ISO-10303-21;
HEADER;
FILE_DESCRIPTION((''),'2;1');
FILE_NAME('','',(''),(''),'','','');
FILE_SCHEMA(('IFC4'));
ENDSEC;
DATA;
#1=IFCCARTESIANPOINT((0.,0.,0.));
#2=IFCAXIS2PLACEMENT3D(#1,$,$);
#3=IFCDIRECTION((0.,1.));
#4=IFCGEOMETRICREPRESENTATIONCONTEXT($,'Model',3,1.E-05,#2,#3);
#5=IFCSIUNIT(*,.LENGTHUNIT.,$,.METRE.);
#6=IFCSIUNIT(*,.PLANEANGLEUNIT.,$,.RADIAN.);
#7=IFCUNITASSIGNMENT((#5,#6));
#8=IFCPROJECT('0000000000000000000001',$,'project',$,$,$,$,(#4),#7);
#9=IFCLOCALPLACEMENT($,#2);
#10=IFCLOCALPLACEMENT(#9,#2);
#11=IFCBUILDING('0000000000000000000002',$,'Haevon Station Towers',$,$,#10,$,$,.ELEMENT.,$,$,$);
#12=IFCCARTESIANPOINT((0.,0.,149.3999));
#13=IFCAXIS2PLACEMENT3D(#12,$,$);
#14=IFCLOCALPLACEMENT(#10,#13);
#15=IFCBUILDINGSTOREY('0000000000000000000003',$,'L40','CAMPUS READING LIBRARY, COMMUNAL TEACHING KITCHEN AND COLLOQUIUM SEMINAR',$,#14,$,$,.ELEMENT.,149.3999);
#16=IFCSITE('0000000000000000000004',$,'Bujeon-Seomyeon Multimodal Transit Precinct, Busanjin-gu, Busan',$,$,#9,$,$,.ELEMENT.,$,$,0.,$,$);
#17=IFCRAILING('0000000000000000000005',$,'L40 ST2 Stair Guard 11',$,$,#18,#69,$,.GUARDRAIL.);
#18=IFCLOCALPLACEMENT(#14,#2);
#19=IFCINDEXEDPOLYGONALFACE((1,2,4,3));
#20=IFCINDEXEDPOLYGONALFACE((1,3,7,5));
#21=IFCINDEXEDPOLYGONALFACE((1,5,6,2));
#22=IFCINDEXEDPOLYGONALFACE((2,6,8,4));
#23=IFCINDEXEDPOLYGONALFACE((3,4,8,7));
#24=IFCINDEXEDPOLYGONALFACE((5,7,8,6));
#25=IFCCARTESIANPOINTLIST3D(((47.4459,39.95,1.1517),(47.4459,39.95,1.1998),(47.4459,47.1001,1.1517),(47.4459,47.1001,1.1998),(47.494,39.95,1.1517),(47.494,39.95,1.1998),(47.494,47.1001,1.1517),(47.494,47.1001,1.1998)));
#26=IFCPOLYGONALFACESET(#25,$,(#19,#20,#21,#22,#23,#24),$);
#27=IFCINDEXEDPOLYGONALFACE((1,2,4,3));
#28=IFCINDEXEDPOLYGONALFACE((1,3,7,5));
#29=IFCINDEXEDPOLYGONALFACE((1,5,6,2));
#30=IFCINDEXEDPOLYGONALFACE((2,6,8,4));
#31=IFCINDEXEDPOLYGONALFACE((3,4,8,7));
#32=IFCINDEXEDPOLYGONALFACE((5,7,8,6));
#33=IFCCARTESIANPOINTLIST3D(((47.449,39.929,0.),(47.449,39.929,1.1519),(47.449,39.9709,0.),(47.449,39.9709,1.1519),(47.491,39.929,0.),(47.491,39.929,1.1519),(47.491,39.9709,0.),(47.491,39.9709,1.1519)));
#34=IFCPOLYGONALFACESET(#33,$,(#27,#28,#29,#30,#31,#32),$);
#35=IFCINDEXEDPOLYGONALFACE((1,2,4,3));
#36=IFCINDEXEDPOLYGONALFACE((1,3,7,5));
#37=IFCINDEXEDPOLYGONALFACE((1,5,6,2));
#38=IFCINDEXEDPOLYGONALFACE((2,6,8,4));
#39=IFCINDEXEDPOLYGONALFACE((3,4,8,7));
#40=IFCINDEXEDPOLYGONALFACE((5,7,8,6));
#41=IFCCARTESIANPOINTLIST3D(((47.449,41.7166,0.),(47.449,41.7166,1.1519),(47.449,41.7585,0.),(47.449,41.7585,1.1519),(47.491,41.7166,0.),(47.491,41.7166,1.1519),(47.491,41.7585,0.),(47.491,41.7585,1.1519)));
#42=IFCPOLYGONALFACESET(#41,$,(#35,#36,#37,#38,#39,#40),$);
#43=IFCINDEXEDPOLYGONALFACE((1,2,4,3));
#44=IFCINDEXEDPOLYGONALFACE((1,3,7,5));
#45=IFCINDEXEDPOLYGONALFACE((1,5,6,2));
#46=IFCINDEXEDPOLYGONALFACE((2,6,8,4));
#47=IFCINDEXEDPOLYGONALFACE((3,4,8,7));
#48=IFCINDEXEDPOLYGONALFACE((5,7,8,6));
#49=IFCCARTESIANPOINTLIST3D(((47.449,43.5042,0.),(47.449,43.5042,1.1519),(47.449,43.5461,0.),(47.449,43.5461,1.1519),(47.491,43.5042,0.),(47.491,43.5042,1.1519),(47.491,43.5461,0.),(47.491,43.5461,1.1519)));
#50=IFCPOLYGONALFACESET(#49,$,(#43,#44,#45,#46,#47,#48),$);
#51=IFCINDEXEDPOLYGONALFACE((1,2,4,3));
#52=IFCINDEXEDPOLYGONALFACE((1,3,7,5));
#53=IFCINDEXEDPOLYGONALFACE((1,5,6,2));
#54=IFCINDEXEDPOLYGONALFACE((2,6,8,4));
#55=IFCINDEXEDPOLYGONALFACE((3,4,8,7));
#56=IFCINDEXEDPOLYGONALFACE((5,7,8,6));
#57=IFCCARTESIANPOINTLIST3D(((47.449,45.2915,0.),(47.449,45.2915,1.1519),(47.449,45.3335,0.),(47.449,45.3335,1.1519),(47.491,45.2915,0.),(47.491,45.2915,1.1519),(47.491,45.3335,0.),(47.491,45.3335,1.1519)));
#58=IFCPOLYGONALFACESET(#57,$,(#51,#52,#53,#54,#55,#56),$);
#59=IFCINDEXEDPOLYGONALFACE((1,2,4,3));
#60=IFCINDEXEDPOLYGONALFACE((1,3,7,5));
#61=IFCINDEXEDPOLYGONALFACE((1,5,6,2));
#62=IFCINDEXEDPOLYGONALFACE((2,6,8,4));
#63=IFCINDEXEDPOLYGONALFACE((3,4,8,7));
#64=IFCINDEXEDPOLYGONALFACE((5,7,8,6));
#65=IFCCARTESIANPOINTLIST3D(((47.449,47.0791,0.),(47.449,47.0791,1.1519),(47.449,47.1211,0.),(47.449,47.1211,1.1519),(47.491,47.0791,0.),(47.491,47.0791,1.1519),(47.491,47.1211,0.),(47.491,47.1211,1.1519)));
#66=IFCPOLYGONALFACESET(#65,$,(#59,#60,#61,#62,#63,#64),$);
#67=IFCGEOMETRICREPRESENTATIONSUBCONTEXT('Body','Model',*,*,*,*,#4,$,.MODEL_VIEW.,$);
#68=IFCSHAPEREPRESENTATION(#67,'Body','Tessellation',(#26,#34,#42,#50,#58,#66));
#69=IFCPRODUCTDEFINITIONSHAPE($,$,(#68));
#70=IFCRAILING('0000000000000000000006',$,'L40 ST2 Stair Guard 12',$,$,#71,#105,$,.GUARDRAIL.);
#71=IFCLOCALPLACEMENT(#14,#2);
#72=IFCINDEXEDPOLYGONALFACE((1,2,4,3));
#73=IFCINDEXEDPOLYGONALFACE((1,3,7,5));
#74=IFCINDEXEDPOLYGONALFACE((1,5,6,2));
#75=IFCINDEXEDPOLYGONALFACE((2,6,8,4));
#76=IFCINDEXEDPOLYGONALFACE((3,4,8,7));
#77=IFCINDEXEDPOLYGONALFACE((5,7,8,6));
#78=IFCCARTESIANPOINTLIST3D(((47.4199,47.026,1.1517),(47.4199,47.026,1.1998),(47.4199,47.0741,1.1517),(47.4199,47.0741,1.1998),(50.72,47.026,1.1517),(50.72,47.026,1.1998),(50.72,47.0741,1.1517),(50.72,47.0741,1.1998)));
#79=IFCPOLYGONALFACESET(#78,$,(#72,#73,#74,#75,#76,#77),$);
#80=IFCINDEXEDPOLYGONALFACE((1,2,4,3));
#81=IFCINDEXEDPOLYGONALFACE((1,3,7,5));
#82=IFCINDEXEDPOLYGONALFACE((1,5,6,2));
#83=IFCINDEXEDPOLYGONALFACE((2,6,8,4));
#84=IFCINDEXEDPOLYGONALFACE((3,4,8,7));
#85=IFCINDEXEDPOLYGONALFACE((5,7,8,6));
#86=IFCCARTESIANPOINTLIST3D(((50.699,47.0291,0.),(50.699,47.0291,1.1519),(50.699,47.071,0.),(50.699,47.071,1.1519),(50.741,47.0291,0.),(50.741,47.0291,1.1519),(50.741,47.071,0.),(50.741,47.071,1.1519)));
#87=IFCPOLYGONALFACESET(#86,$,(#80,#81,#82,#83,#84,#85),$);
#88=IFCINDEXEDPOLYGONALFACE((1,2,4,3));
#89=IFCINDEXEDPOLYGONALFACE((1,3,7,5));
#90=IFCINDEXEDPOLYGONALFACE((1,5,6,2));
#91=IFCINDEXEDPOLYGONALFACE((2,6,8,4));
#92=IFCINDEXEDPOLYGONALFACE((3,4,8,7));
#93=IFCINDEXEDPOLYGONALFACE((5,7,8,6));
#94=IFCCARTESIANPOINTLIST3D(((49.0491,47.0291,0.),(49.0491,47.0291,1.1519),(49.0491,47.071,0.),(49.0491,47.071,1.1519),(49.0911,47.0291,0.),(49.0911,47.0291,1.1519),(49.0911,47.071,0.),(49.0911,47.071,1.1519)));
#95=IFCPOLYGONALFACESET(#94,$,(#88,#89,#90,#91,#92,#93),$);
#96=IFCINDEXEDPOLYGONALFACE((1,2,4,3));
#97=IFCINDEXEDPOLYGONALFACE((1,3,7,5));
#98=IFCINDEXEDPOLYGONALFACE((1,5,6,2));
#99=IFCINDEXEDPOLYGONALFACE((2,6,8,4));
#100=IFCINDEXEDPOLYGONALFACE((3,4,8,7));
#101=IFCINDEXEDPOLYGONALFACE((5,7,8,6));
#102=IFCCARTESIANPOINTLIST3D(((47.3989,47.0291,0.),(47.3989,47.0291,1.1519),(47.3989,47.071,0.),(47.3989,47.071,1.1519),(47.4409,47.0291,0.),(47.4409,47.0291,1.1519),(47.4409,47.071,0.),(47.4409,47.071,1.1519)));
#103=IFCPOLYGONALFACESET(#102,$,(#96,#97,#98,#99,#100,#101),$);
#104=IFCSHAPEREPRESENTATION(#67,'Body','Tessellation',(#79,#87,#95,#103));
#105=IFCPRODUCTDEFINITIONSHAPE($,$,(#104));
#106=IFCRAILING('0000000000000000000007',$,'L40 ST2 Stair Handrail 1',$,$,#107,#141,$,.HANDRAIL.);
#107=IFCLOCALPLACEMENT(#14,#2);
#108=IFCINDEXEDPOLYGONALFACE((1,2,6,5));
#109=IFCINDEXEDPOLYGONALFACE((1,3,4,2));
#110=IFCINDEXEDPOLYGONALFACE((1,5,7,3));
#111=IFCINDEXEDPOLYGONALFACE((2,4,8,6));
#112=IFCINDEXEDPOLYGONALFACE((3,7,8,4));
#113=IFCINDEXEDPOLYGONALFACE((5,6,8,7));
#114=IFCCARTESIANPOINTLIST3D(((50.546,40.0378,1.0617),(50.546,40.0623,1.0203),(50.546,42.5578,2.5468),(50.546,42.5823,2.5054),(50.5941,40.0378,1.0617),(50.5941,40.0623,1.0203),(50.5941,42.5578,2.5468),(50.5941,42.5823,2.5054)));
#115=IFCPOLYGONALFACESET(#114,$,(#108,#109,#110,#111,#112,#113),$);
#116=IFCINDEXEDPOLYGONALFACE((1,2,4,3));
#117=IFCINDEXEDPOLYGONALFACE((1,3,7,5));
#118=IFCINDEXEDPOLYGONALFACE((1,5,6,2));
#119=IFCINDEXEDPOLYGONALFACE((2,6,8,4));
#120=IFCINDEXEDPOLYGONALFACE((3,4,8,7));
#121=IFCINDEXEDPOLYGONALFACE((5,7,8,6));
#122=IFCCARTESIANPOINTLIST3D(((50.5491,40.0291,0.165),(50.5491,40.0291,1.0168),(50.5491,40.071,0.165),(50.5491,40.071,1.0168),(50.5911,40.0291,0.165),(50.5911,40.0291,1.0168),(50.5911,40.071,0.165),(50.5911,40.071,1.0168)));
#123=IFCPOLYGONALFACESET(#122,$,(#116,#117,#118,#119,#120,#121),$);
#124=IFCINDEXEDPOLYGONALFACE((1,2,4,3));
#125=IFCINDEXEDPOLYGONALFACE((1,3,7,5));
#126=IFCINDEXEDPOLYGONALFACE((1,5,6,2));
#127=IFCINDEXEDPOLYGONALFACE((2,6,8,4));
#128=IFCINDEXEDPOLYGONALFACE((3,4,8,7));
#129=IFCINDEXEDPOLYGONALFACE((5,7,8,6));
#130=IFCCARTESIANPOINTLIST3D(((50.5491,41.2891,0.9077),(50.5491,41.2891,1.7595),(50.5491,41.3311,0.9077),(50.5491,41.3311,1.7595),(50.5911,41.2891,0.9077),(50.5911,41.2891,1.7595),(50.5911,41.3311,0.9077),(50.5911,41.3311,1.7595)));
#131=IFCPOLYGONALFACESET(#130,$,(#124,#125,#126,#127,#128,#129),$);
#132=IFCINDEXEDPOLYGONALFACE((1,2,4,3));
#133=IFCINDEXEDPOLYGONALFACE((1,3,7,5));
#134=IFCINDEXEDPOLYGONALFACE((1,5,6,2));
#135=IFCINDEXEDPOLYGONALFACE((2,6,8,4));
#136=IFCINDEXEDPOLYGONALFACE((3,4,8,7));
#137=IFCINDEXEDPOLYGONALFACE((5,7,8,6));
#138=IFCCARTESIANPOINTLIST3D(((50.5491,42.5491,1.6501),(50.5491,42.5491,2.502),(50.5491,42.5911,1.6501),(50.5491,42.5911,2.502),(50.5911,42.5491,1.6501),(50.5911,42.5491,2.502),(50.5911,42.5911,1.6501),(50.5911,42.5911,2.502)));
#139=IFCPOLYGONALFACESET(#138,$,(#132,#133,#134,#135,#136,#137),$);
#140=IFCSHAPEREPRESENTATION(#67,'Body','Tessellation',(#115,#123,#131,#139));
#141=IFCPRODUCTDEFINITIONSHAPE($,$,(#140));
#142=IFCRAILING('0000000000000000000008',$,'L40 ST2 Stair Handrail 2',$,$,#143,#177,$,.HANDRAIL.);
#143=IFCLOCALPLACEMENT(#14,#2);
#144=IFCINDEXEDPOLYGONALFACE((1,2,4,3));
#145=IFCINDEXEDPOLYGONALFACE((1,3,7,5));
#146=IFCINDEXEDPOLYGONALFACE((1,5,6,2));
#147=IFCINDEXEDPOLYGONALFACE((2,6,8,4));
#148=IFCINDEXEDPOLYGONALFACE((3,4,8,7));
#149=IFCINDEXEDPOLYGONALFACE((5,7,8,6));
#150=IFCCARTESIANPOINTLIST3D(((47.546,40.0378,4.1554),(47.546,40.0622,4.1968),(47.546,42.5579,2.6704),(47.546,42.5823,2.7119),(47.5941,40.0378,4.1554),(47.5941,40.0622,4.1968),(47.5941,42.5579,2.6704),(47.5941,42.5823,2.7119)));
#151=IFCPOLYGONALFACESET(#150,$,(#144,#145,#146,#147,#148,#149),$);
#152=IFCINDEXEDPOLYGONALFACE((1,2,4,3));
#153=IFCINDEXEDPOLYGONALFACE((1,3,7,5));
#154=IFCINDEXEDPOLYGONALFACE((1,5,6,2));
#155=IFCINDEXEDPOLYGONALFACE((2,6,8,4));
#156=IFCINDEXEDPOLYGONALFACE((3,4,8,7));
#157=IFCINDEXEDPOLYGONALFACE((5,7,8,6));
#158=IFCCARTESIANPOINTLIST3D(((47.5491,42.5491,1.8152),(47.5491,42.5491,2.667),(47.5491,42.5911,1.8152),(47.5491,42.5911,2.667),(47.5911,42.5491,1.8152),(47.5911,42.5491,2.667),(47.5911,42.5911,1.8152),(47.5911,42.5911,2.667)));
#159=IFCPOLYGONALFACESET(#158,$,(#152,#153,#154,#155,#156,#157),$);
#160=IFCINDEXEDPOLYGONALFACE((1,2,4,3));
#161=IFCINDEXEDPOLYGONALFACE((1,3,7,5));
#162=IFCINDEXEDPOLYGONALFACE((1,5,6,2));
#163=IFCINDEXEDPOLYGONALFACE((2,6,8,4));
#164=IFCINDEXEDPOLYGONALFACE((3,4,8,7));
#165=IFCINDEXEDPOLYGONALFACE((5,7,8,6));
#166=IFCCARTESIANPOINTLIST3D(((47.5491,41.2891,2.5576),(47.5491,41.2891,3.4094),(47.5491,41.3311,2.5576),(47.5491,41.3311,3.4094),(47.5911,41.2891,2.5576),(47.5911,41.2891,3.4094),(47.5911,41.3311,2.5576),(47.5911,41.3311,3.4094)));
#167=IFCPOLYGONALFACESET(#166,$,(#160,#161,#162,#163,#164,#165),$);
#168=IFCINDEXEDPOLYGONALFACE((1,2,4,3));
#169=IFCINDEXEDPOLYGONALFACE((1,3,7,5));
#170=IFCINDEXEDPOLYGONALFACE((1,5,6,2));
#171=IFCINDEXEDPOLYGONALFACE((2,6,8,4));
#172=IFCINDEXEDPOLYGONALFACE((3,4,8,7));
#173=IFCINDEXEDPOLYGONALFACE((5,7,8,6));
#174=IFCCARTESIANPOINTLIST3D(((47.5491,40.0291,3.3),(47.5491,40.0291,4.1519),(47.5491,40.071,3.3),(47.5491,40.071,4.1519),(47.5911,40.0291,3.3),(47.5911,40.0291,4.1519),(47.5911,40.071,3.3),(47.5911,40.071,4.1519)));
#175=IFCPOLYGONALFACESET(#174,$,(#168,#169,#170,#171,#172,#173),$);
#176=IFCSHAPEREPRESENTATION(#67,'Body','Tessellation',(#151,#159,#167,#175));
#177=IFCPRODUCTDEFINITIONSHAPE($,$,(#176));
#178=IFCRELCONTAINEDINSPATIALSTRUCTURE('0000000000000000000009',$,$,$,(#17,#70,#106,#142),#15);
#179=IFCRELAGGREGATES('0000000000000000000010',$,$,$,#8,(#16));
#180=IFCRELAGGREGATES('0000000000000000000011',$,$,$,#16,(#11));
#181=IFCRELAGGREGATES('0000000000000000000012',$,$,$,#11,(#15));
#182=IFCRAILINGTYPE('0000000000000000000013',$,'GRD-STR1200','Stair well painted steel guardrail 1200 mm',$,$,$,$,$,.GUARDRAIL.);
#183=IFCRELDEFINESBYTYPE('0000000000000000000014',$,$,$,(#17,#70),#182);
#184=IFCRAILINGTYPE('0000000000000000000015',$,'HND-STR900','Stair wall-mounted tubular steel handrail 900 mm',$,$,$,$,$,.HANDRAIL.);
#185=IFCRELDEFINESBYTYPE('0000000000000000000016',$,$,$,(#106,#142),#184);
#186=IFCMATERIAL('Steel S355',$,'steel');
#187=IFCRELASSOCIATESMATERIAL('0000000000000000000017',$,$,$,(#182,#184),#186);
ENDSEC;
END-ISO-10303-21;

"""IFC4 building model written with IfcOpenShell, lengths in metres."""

from ifc_helpers import new_model, si_unit, direction, frame, origin, origin_2d, place, context, subcontext, project, spatial, rectangle, extrude, material, type_object, element, save


model = new_model("IFC4")

# Units and contexts
model_context = context("Model", 3, precision=1e-05, world=origin(), true_north=direction((0.0, 1.0)))
body_context = subcontext(model_context, "Body", "Model", "MODEL_VIEW")
ifc_project = project(units=[si_unit("LENGTHUNIT", "METRE"), si_unit("PLANEANGLEUNIT", "RADIAN")], contexts=[model_context])

# Site, building, storey
site_placement = place(None, origin())
site = spatial("IfcSite", under=ifc_project, at=site_placement, Name="Bujeon-Seomyeon Multimodal Transit Precinct, Busanjin-gu, Busan", CompositionType="ELEMENT", RefElevation=0.0)
building_placement = place(site_placement, origin())
building = spatial("IfcBuilding", under=site, at=building_placement, Name="Haevon Station Towers", CompositionType="ELEMENT")
storey_placement = place(building_placement, frame((0.0, 0.0, 149.3999)))
storey = spatial("IfcBuildingStorey", under=building, at=storey_placement, Name="L40", Description="CAMPUS READING LIBRARY, COMMUNAL TEACHING KITCHEN AND COLLOQUIUM SEMINAR", CompositionType="ELEMENT", Elevation=149.3999)

# Shared definitions
ifc_material_1 = material(Name="Steel S355", Category="steel")

# Railings
railing_type_1 = type_object("IfcRailingType", Name="GRD-STR1200", Description="Stair well painted steel guardrail 1200 mm", PredefinedType="GUARDRAIL", material=ifc_material_1)
for number, where, name in (
    (1, (47.47, 39.95, 0.0), "L40 ST2 Stair Guard 11"),
):
    element("IfcRailing", number, at=place(storey_placement, frame(where)), inside=storey, type_object=railing_type_1, Name=name, PredefinedType="GUARDRAIL", context=body_context, shape_type="SweptSolid", body=[
        extrude(rectangle(XDim=0.0481, YDim=0.0481, at=origin_2d()), frame((0.0, 0.0, 1.1758), z_axis=(0.0, 1.0, 0.0), x_axis=(-1.0, 0.0, 0.0)), (0.0, 0.0, 1.0), 7.1501),
        extrude(rectangle(XDim=0.042, YDim=0.042, at=origin_2d()), origin(), (0.0, 0.0, 1.0), 1.1519),
        extrude(rectangle(XDim=0.042, YDim=0.042, at=origin_2d()), frame((0.0, 1.7876, 0.0)), (0.0, 0.0, 1.0), 1.1519),
        extrude(rectangle(XDim=0.042, YDim=0.042, at=origin_2d()), frame((0.0, 3.5752, 0.0)), (0.0, 0.0, 1.0), 1.1519),
        extrude(rectangle(XDim=0.042, YDim=0.042, at=origin_2d()), frame((0.0, 5.3625, 0.0)), (0.0, 0.0, 1.0), 1.1519),
        extrude(rectangle(XDim=0.042, YDim=0.042, at=origin_2d()), frame((0.0, 7.1501, 0.0)), (0.0, 0.0, 1.0), 1.1519),
    ])
railing_1_placement = place(storey_placement, frame((50.72, 47.05, 0.0)))
element("IfcRailing", 2, at=railing_1_placement, inside=storey, type_object=railing_type_1, Name="L40 ST2 Stair Guard 12", PredefinedType="GUARDRAIL", context=body_context, shape_type="SweptSolid", body=[
    extrude(rectangle(XDim=0.0481, YDim=0.0481, at=origin_2d()), frame((0.0, 0.0, 1.1758), z_axis=(-1.0, 0.0, 0.0), x_axis=(0.0, -1.0, 0.0)), (0.0, 0.0, 1.0), 3.3),
    extrude(rectangle(XDim=0.042, YDim=0.042, at=origin_2d()), origin(), (0.0, 0.0, 1.0), 1.1519),
    extrude(rectangle(XDim=0.042, YDim=0.042, at=origin_2d()), frame((-1.6499, 0.0, 0.0)), (0.0, 0.0, 1.0), 1.1519),
    extrude(rectangle(XDim=0.042, YDim=0.042, at=origin_2d()), frame((-3.3, 0.0, 0.0)), (0.0, 0.0, 1.0), 1.1519),
])
railing_type_2 = type_object("IfcRailingType", Name="HND-STR900", Description="Stair wall-mounted tubular steel handrail 900 mm", PredefinedType="HANDRAIL", material=ifc_material_1)
railing_2_placement = place(storey_placement, frame((50.5701, 40.05, 0.165)))
element("IfcRailing", 3, at=railing_2_placement, inside=storey, type_object=railing_type_2, Name="L40 ST2 Stair Handrail 1", PredefinedType="HANDRAIL", context=body_context, shape_type="SweptSolid", body=[
    extrude(rectangle(XDim=0.0481, YDim=0.0481, at=origin_2d()), frame((0.0, 0.0, 0.876), z_axis=(0.0, 0.861524, 0.507717), x_axis=(-1.0, 0.0, 0.0)), (0.0, 0.0, 1.0), 2.925),
    extrude(rectangle(XDim=0.042, YDim=0.042, at=origin_2d()), origin(), (0.0, 0.0, 1.0), 0.8518),
    extrude(rectangle(XDim=0.042, YDim=0.042, at=origin_2d()), frame((0.0, 1.26, 0.7427)), (0.0, 0.0, 1.0), 0.8518),
    extrude(rectangle(XDim=0.042, YDim=0.042, at=origin_2d()), frame((0.0, 2.52, 1.4851)), (0.0, 0.0, 1.0), 0.8518),
])
railing_3_placement = place(storey_placement, frame((47.5701, 42.5701, 1.8152)))
element("IfcRailing", 4, at=railing_3_placement, inside=storey, type_object=railing_type_2, Name="L40 ST2 Stair Handrail 2", PredefinedType="HANDRAIL", context=body_context, shape_type="SweptSolid", body=[
    extrude(rectangle(XDim=0.0481, YDim=0.0481, at=origin_2d()), frame((0.0, 0.0, 0.876), z_axis=(0.0, -0.861561, 0.507655), x_axis=(1.0, 0.0, 0.0)), (0.0, 0.0, 1.0), 2.925),
    extrude(rectangle(XDim=0.042, YDim=0.042, at=origin_2d()), origin(), (0.0, 0.0, 1.0), 0.8518),
    extrude(rectangle(XDim=0.042, YDim=0.042, at=origin_2d()), frame((0.0, -1.26, 0.7424)), (0.0, 0.0, 1.0), 0.8518),
    extrude(rectangle(XDim=0.042, YDim=0.042, at=origin_2d()), frame((0.0, -2.52, 1.4849)), (0.0, 0.0, 1.0), 0.8518),
])

save(model, "model.ifc")
